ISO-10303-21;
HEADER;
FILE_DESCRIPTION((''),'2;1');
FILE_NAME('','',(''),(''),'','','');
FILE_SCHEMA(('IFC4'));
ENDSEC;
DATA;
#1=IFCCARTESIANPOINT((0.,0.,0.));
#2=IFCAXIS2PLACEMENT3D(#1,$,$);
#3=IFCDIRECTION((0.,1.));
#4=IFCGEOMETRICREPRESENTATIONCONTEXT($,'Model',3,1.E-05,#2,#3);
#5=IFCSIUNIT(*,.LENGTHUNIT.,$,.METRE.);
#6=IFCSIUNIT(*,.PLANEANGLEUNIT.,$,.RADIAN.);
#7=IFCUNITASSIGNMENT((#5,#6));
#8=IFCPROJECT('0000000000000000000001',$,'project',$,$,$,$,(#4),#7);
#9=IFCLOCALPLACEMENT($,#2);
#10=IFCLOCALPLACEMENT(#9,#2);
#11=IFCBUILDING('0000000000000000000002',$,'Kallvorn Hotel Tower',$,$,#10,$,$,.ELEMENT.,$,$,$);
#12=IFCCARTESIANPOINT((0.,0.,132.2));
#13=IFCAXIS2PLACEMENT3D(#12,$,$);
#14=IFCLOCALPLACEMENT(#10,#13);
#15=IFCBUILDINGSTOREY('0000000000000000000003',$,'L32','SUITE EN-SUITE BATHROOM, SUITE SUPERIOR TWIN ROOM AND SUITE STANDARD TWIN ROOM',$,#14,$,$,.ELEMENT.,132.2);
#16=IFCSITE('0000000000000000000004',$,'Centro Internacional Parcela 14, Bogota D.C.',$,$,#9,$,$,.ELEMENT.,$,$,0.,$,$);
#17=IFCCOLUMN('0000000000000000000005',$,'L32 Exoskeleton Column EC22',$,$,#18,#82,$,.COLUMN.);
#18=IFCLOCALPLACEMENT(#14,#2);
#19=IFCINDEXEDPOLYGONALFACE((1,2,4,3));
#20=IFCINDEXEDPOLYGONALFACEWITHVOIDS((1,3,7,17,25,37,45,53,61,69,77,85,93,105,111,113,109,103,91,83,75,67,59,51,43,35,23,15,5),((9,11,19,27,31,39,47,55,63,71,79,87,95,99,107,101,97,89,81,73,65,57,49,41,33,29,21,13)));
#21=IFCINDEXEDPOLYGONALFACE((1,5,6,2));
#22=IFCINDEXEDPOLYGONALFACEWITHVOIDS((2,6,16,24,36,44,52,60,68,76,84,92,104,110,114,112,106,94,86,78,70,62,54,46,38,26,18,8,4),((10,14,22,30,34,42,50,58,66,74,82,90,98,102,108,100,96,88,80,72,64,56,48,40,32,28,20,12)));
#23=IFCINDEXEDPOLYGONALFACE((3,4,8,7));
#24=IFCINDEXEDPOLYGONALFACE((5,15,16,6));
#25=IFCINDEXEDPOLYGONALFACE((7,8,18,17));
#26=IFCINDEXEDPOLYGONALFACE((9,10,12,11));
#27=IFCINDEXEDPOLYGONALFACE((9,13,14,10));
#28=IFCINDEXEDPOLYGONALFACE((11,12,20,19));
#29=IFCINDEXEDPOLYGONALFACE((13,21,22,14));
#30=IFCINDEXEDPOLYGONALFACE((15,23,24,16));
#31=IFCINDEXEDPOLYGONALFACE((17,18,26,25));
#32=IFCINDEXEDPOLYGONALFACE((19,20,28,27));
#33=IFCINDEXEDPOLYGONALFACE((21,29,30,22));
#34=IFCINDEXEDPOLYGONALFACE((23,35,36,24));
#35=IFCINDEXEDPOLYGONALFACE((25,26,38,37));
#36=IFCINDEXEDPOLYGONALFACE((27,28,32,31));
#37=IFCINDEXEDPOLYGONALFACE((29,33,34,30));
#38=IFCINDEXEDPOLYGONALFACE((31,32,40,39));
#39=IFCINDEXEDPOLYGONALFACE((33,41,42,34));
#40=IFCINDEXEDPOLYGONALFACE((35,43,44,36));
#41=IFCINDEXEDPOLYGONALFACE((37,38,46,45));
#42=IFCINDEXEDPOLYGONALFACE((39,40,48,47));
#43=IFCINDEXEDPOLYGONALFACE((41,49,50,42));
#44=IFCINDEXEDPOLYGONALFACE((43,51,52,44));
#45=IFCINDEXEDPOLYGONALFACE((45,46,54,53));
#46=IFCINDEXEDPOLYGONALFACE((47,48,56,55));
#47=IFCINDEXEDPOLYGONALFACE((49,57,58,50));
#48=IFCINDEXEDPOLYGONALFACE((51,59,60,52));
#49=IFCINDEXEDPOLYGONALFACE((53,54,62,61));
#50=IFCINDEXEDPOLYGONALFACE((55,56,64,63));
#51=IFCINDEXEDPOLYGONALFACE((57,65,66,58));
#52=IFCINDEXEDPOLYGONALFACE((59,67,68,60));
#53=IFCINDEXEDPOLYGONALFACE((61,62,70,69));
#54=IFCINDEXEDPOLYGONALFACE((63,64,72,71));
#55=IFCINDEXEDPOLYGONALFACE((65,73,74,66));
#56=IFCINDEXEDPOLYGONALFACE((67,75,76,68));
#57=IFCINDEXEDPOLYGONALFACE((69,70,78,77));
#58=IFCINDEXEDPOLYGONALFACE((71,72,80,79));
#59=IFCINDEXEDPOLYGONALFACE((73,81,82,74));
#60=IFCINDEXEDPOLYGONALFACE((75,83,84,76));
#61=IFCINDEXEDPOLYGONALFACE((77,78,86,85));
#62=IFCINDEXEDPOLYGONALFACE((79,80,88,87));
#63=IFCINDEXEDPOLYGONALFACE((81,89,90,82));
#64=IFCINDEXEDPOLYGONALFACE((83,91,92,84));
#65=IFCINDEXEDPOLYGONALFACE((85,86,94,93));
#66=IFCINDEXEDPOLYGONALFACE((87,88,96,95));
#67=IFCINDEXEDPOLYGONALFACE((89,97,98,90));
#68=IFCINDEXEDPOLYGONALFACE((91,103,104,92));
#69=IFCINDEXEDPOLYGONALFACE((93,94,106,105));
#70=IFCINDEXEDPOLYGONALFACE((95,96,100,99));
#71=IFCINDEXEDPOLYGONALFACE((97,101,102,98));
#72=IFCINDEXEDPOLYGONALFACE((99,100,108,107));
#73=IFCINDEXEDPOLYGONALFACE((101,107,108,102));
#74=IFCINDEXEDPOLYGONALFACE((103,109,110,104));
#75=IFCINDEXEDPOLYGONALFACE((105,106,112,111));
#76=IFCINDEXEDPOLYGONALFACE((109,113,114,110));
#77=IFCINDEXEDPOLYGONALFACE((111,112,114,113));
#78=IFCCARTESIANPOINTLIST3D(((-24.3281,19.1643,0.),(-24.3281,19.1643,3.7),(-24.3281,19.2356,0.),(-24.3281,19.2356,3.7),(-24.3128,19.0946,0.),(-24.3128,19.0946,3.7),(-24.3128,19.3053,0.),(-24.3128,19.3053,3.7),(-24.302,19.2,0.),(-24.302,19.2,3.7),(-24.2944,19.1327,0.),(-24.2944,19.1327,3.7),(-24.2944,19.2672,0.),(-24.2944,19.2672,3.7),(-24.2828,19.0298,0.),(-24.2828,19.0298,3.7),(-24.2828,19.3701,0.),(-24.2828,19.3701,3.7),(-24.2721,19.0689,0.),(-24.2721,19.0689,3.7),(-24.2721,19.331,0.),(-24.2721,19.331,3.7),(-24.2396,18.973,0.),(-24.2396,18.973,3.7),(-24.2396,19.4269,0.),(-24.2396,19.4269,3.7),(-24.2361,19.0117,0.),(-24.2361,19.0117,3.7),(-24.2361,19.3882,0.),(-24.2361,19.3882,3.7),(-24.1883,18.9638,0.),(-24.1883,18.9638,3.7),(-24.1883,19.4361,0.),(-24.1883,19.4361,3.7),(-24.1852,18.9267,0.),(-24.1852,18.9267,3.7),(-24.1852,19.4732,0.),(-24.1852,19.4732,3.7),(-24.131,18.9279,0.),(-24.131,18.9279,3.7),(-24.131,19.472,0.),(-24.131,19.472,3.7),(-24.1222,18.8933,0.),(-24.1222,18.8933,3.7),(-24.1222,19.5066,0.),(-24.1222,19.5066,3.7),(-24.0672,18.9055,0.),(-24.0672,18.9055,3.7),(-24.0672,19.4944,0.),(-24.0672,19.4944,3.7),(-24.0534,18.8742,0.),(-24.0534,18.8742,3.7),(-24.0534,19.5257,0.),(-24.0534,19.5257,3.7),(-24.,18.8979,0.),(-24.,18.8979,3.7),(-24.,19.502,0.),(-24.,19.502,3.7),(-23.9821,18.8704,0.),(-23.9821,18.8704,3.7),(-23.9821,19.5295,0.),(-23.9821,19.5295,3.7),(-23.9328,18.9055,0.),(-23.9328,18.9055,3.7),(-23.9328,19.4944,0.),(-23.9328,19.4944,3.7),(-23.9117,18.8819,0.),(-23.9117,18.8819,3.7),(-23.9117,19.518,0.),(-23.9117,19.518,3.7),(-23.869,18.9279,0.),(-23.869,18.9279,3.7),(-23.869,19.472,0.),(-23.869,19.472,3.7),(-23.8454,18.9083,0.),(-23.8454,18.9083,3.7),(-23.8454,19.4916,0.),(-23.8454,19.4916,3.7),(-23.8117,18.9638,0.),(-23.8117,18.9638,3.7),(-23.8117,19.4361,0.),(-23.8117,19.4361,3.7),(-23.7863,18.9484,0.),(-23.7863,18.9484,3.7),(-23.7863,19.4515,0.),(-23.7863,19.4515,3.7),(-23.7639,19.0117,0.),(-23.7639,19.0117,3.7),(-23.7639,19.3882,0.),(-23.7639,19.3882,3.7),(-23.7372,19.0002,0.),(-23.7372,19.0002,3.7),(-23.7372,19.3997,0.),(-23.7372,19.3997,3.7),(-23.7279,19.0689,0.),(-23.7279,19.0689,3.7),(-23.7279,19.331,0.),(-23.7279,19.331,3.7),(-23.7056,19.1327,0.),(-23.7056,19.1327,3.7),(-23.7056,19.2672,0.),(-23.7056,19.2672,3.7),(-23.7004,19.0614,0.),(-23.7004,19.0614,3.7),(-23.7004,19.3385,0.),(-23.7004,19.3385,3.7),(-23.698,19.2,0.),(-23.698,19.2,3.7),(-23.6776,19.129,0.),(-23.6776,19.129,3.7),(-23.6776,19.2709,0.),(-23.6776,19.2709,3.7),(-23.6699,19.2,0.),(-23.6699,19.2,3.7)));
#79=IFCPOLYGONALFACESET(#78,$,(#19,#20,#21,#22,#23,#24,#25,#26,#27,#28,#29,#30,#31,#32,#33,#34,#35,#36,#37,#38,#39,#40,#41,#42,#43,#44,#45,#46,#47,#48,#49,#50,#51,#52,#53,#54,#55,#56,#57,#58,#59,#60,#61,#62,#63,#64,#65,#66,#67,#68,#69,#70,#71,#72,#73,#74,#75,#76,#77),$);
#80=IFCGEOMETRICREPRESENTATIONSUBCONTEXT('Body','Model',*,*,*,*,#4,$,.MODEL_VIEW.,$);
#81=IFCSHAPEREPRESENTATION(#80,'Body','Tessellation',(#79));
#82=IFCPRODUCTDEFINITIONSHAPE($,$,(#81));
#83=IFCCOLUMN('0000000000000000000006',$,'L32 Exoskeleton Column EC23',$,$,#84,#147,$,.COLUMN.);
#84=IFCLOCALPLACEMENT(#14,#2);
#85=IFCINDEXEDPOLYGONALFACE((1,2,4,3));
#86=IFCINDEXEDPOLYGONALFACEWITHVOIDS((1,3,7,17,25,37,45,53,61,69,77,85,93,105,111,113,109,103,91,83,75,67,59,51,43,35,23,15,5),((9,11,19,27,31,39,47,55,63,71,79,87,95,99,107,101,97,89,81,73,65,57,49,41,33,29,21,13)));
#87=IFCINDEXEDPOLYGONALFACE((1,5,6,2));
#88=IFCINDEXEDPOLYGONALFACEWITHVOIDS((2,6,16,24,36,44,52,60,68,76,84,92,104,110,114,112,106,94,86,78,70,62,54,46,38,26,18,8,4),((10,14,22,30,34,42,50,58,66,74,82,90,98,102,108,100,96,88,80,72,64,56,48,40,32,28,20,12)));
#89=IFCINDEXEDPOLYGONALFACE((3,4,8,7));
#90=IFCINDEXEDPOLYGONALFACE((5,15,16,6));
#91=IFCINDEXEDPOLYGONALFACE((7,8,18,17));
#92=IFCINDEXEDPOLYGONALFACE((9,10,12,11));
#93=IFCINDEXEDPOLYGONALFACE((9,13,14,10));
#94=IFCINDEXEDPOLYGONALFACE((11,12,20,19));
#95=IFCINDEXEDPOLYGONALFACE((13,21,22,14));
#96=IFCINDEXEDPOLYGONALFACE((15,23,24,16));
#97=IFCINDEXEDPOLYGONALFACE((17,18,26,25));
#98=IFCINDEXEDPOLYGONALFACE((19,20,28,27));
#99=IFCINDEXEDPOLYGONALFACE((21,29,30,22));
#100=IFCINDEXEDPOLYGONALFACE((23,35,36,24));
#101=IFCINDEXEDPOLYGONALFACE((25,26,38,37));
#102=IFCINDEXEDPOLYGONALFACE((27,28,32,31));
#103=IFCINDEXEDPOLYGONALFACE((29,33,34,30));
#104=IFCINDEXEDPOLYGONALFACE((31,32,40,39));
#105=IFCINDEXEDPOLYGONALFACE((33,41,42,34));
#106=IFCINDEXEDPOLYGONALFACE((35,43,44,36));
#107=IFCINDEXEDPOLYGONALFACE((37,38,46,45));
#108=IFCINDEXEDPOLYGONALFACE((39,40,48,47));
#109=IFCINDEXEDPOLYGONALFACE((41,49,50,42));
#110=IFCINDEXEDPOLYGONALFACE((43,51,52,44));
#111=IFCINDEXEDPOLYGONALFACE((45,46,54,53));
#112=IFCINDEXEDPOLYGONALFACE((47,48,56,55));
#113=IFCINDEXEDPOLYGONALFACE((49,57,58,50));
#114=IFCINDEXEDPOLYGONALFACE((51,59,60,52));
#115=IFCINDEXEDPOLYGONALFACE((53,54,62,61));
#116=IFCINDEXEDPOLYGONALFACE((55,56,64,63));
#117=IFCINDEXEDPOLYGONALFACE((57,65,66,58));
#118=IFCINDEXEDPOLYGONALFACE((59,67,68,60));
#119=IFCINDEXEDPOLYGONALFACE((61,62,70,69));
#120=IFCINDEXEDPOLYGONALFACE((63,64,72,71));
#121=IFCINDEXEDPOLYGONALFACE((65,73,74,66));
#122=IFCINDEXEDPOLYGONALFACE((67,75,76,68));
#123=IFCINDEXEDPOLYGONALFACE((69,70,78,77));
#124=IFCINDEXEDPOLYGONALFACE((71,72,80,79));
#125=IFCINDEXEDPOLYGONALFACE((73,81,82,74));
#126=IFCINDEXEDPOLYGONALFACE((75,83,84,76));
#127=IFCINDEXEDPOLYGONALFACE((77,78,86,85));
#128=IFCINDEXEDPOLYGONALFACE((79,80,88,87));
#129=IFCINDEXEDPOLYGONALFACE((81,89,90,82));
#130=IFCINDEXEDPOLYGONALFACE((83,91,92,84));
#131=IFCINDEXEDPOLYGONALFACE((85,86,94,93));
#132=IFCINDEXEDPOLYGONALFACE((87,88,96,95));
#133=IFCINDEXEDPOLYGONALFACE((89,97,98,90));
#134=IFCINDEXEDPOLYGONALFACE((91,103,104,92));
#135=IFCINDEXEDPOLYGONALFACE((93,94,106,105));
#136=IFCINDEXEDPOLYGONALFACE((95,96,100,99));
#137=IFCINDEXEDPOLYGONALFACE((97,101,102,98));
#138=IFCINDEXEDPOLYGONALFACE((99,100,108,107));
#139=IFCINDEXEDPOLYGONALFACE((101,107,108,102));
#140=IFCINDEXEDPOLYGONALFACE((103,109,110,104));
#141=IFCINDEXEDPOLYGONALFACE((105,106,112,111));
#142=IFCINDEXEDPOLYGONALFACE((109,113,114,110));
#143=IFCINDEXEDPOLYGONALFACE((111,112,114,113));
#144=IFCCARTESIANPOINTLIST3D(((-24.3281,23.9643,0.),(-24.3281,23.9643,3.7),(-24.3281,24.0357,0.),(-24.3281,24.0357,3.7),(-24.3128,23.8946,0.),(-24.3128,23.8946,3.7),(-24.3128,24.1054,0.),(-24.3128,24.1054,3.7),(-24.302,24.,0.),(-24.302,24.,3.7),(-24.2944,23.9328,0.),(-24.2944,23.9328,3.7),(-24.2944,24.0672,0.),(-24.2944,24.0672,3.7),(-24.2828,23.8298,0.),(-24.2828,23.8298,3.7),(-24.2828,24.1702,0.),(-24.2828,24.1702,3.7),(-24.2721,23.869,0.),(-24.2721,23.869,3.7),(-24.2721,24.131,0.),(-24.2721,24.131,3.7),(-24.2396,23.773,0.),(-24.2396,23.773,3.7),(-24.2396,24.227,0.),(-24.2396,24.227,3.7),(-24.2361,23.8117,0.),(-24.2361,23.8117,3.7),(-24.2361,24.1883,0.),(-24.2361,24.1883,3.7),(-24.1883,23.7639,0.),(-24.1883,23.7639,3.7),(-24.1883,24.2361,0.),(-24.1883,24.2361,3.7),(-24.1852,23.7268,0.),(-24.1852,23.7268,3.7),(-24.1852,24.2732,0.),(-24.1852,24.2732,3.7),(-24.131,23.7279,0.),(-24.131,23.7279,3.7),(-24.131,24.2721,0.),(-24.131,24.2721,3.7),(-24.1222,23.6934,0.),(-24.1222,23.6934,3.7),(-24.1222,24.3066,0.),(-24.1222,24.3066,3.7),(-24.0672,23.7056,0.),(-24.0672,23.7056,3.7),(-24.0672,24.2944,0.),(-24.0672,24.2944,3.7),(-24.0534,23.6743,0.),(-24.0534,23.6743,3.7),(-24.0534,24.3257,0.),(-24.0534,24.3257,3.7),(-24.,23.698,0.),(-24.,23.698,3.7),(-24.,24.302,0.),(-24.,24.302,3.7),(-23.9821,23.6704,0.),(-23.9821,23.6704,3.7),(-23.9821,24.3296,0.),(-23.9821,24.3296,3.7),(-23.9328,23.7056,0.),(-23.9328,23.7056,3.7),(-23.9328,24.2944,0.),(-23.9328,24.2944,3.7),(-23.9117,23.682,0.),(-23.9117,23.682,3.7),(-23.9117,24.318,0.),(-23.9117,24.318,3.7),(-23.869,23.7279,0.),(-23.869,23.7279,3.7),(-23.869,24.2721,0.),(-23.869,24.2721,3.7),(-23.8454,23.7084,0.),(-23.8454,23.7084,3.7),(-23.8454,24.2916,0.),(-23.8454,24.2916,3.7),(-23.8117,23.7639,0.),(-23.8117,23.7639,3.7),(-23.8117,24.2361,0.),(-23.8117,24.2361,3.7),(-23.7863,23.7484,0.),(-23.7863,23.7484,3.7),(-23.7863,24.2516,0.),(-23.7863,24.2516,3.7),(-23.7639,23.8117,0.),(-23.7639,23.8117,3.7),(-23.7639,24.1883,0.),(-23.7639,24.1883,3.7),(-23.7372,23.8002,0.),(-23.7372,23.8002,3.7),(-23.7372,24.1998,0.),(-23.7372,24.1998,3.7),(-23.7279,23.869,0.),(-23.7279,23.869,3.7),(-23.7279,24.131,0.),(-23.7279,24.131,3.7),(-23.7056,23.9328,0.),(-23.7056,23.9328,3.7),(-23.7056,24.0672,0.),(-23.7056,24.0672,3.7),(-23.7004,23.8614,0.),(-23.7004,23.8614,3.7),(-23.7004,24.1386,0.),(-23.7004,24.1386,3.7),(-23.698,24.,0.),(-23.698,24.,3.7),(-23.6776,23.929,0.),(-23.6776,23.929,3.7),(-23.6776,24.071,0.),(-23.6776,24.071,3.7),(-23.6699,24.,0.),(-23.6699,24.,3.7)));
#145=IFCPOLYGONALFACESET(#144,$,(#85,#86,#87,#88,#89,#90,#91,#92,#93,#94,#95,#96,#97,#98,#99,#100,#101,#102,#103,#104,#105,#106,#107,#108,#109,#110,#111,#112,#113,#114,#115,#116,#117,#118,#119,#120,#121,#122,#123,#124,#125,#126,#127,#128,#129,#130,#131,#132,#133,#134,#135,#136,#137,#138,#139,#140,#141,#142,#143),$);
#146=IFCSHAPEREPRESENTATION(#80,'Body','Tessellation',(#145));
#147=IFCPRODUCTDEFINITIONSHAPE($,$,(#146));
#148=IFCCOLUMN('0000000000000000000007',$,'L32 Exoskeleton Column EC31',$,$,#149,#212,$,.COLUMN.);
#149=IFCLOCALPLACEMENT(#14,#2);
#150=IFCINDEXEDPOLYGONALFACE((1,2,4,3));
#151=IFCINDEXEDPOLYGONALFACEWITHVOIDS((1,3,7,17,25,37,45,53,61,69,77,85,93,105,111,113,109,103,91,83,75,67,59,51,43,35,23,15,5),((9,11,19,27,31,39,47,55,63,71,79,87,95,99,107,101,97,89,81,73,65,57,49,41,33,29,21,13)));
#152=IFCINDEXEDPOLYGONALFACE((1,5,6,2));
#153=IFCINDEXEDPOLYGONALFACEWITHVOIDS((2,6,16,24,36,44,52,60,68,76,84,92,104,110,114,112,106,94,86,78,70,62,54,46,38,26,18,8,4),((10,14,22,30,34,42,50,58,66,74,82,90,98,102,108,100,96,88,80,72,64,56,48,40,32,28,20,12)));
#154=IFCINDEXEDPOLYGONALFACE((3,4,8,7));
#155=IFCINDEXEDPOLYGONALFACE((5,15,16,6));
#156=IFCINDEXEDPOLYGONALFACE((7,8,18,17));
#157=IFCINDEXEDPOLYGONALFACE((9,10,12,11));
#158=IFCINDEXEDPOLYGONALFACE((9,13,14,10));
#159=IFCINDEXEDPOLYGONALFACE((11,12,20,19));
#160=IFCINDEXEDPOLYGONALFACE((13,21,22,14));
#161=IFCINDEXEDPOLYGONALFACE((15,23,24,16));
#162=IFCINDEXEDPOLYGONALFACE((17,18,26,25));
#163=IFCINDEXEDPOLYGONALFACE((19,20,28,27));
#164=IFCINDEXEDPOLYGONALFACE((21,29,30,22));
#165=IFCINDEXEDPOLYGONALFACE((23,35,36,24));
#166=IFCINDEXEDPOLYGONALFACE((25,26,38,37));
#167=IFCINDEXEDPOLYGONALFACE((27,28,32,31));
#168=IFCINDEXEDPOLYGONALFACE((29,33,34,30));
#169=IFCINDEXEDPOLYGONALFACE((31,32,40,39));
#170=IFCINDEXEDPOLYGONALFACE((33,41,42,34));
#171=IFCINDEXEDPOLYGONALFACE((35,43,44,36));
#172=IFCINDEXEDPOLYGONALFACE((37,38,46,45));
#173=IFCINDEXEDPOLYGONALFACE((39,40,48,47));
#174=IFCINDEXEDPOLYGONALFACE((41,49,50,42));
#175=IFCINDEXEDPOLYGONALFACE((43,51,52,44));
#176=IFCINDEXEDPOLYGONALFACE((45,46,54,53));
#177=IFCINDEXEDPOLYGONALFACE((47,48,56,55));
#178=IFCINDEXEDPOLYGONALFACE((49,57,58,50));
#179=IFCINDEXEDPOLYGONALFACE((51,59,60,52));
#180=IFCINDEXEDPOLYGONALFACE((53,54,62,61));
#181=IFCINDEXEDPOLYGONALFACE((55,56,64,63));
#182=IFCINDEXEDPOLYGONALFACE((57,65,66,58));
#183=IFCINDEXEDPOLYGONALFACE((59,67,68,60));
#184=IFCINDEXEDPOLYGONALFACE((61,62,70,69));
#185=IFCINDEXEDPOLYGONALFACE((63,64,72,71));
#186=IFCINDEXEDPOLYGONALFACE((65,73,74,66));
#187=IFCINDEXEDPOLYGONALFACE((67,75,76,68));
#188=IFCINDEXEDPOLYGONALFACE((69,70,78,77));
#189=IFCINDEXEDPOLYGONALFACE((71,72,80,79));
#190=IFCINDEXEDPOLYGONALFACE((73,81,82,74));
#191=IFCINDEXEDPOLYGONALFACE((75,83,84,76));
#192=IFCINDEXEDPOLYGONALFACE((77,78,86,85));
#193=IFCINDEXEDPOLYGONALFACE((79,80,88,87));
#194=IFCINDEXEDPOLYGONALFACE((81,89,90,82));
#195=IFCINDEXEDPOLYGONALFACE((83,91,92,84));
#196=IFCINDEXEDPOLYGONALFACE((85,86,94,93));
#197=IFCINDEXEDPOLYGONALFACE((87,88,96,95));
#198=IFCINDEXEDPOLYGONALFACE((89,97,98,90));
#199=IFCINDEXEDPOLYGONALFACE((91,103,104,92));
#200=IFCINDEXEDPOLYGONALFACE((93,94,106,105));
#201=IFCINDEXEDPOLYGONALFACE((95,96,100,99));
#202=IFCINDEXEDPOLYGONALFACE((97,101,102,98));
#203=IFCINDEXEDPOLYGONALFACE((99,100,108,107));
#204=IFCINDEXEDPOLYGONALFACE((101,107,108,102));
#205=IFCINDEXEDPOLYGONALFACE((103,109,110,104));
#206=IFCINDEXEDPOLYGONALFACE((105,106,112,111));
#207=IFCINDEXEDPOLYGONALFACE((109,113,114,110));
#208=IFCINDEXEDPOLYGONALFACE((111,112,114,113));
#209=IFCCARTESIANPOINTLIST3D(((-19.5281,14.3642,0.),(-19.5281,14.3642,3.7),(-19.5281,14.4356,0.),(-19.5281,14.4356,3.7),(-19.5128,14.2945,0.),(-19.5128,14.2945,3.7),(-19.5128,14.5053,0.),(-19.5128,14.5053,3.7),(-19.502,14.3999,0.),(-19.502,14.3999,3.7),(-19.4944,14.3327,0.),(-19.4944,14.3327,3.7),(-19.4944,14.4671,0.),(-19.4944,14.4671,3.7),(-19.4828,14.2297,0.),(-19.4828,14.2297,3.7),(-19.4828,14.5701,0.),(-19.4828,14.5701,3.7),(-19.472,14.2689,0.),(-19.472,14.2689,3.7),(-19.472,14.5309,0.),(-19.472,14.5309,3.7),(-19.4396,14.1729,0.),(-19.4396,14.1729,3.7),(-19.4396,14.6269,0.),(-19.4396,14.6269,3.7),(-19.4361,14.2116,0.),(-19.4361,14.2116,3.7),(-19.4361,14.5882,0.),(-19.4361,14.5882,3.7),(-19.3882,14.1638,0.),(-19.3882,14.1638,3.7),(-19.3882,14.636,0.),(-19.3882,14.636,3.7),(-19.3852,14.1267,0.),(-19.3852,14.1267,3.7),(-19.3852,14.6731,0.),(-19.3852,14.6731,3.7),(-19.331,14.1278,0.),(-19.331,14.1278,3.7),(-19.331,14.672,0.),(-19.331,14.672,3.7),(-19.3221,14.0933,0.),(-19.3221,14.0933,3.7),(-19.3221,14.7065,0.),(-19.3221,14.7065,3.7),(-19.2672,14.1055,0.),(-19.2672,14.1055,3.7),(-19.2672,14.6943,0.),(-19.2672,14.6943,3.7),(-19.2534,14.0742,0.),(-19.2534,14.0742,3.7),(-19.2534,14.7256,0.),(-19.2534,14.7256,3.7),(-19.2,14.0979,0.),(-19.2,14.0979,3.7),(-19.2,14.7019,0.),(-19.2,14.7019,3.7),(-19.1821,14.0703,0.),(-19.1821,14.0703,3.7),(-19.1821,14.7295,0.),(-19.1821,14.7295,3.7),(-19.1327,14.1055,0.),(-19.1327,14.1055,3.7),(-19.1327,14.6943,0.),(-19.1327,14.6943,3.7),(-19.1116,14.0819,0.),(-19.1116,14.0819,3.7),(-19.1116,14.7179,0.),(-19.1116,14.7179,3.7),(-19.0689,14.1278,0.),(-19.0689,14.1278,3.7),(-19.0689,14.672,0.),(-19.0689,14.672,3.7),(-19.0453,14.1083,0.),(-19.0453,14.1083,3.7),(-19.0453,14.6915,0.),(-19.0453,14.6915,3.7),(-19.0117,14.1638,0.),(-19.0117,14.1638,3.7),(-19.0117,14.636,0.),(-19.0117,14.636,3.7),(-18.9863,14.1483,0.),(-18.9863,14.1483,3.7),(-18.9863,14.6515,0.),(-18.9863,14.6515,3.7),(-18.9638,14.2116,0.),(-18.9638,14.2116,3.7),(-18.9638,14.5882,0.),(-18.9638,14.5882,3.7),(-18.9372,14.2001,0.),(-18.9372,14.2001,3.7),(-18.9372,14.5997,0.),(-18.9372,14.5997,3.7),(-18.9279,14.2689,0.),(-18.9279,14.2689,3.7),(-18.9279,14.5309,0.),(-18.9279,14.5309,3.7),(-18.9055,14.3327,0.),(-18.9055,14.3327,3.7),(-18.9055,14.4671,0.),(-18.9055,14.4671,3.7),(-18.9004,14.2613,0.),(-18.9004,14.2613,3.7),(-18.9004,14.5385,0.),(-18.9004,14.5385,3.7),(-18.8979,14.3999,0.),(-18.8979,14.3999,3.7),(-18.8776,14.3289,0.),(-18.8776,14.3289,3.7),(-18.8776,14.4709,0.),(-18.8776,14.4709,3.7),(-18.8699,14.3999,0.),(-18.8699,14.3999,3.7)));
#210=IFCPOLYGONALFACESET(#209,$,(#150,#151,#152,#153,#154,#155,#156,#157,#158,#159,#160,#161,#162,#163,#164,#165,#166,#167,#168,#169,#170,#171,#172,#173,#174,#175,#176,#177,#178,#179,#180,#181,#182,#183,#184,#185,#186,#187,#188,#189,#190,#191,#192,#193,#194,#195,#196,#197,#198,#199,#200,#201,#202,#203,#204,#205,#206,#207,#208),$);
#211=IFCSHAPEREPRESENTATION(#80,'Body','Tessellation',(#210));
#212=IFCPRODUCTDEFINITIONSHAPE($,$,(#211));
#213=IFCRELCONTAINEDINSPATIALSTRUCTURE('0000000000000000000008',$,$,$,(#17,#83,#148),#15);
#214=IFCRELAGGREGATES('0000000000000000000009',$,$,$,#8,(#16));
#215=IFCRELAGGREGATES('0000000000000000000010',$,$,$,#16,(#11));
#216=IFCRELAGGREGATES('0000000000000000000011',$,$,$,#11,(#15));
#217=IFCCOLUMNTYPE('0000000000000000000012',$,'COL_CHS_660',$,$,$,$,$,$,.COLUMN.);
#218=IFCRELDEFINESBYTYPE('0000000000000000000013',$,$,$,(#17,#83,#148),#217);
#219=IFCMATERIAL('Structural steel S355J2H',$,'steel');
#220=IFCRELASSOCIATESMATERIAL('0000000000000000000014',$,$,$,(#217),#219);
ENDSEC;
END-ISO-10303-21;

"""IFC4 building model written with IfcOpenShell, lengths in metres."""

from ifc_helpers import new_model, si_unit, direction, frame, origin, origin_2d, place, context, subcontext, project, spatial, hollow_circle, extrude, material, material_profile, profile_set, type_object, element, save


model = new_model("IFC4")

# Units and contexts
model_context = context("Model", 3, precision=1e-05, world=origin(), true_north=direction((0.0, 1.0)))
body_context = subcontext(model_context, "Body", "Model", "MODEL_VIEW")
ifc_project = project(units=[si_unit("LENGTHUNIT", "METRE"), si_unit("PLANEANGLEUNIT", "RADIAN")], contexts=[model_context])

# Site, building, storey
site_placement = place(None, origin())
site = spatial("IfcSite", under=ifc_project, at=site_placement, Name="Centro Internacional Parcela 14, Bogota D.C.", CompositionType="ELEMENT", RefElevation=0.0)
building_placement = place(site_placement, origin())
building = spatial("IfcBuilding", under=site, at=building_placement, Name="Kallvorn Hotel Tower", CompositionType="ELEMENT")
storey_placement = place(building_placement, frame((0.0, 0.0, 132.2)))
storey = spatial("IfcBuildingStorey", under=building, at=storey_placement, Name="L32", Description="SUITE EN-SUITE BATHROOM, SUITE SUPERIOR TWIN ROOM AND SUITE STANDARD TWIN ROOM", CompositionType="ELEMENT", Elevation=132.2)

# Columns
ifc_material_1 = material(Name="Structural steel S355J2H", Category="steel")
ifc_material_profile_1 = material_profile(ifc_material_1, hollow_circle(Radius=0.3301, WallThickness=0.0281, at=origin_2d()), Name="CHS 660x28")
ifc_profile_set_1 = profile_set([ifc_material_profile_1], Name="Structural steel S355J2H")
column_type_1 = type_object("IfcColumnType", Name="COL_CHS_660", PredefinedType="COLUMN", material=ifc_profile_set_1)
for number, where, z_axis, x_axis, name in (
    (1, (-24.0, 19.2, 0.0), (0.0, 0.0, 1.0), (1.0, 0.0, 0.0), "L32 Exoskeleton Column EC22"),
    (2, (-24.0, 24.0, 0.0), (0.0, 0.0, 1.0), (1.0, 0.0, 0.0), "L32 Exoskeleton Column EC23"),
    (3, (-19.2, 14.3999, 0.0), (0.0, 0.0, 1.0), (1.0, 0.0, 0.0), "L32 Exoskeleton Column EC31"),
):
    element("IfcColumn", number, at=place(storey_placement, frame(where, z_axis=z_axis, x_axis=x_axis)), inside=storey, type_object=column_type_1, Name=name, PredefinedType="COLUMN", context=body_context, shape_type="SweptSolid", body=[
        extrude(hollow_circle(Radius=0.3301, WallThickness=0.0281, at=origin_2d()), origin(), (0.0, 0.0, 1.0), 3.7),
    ])

save(model, "model.ifc")
